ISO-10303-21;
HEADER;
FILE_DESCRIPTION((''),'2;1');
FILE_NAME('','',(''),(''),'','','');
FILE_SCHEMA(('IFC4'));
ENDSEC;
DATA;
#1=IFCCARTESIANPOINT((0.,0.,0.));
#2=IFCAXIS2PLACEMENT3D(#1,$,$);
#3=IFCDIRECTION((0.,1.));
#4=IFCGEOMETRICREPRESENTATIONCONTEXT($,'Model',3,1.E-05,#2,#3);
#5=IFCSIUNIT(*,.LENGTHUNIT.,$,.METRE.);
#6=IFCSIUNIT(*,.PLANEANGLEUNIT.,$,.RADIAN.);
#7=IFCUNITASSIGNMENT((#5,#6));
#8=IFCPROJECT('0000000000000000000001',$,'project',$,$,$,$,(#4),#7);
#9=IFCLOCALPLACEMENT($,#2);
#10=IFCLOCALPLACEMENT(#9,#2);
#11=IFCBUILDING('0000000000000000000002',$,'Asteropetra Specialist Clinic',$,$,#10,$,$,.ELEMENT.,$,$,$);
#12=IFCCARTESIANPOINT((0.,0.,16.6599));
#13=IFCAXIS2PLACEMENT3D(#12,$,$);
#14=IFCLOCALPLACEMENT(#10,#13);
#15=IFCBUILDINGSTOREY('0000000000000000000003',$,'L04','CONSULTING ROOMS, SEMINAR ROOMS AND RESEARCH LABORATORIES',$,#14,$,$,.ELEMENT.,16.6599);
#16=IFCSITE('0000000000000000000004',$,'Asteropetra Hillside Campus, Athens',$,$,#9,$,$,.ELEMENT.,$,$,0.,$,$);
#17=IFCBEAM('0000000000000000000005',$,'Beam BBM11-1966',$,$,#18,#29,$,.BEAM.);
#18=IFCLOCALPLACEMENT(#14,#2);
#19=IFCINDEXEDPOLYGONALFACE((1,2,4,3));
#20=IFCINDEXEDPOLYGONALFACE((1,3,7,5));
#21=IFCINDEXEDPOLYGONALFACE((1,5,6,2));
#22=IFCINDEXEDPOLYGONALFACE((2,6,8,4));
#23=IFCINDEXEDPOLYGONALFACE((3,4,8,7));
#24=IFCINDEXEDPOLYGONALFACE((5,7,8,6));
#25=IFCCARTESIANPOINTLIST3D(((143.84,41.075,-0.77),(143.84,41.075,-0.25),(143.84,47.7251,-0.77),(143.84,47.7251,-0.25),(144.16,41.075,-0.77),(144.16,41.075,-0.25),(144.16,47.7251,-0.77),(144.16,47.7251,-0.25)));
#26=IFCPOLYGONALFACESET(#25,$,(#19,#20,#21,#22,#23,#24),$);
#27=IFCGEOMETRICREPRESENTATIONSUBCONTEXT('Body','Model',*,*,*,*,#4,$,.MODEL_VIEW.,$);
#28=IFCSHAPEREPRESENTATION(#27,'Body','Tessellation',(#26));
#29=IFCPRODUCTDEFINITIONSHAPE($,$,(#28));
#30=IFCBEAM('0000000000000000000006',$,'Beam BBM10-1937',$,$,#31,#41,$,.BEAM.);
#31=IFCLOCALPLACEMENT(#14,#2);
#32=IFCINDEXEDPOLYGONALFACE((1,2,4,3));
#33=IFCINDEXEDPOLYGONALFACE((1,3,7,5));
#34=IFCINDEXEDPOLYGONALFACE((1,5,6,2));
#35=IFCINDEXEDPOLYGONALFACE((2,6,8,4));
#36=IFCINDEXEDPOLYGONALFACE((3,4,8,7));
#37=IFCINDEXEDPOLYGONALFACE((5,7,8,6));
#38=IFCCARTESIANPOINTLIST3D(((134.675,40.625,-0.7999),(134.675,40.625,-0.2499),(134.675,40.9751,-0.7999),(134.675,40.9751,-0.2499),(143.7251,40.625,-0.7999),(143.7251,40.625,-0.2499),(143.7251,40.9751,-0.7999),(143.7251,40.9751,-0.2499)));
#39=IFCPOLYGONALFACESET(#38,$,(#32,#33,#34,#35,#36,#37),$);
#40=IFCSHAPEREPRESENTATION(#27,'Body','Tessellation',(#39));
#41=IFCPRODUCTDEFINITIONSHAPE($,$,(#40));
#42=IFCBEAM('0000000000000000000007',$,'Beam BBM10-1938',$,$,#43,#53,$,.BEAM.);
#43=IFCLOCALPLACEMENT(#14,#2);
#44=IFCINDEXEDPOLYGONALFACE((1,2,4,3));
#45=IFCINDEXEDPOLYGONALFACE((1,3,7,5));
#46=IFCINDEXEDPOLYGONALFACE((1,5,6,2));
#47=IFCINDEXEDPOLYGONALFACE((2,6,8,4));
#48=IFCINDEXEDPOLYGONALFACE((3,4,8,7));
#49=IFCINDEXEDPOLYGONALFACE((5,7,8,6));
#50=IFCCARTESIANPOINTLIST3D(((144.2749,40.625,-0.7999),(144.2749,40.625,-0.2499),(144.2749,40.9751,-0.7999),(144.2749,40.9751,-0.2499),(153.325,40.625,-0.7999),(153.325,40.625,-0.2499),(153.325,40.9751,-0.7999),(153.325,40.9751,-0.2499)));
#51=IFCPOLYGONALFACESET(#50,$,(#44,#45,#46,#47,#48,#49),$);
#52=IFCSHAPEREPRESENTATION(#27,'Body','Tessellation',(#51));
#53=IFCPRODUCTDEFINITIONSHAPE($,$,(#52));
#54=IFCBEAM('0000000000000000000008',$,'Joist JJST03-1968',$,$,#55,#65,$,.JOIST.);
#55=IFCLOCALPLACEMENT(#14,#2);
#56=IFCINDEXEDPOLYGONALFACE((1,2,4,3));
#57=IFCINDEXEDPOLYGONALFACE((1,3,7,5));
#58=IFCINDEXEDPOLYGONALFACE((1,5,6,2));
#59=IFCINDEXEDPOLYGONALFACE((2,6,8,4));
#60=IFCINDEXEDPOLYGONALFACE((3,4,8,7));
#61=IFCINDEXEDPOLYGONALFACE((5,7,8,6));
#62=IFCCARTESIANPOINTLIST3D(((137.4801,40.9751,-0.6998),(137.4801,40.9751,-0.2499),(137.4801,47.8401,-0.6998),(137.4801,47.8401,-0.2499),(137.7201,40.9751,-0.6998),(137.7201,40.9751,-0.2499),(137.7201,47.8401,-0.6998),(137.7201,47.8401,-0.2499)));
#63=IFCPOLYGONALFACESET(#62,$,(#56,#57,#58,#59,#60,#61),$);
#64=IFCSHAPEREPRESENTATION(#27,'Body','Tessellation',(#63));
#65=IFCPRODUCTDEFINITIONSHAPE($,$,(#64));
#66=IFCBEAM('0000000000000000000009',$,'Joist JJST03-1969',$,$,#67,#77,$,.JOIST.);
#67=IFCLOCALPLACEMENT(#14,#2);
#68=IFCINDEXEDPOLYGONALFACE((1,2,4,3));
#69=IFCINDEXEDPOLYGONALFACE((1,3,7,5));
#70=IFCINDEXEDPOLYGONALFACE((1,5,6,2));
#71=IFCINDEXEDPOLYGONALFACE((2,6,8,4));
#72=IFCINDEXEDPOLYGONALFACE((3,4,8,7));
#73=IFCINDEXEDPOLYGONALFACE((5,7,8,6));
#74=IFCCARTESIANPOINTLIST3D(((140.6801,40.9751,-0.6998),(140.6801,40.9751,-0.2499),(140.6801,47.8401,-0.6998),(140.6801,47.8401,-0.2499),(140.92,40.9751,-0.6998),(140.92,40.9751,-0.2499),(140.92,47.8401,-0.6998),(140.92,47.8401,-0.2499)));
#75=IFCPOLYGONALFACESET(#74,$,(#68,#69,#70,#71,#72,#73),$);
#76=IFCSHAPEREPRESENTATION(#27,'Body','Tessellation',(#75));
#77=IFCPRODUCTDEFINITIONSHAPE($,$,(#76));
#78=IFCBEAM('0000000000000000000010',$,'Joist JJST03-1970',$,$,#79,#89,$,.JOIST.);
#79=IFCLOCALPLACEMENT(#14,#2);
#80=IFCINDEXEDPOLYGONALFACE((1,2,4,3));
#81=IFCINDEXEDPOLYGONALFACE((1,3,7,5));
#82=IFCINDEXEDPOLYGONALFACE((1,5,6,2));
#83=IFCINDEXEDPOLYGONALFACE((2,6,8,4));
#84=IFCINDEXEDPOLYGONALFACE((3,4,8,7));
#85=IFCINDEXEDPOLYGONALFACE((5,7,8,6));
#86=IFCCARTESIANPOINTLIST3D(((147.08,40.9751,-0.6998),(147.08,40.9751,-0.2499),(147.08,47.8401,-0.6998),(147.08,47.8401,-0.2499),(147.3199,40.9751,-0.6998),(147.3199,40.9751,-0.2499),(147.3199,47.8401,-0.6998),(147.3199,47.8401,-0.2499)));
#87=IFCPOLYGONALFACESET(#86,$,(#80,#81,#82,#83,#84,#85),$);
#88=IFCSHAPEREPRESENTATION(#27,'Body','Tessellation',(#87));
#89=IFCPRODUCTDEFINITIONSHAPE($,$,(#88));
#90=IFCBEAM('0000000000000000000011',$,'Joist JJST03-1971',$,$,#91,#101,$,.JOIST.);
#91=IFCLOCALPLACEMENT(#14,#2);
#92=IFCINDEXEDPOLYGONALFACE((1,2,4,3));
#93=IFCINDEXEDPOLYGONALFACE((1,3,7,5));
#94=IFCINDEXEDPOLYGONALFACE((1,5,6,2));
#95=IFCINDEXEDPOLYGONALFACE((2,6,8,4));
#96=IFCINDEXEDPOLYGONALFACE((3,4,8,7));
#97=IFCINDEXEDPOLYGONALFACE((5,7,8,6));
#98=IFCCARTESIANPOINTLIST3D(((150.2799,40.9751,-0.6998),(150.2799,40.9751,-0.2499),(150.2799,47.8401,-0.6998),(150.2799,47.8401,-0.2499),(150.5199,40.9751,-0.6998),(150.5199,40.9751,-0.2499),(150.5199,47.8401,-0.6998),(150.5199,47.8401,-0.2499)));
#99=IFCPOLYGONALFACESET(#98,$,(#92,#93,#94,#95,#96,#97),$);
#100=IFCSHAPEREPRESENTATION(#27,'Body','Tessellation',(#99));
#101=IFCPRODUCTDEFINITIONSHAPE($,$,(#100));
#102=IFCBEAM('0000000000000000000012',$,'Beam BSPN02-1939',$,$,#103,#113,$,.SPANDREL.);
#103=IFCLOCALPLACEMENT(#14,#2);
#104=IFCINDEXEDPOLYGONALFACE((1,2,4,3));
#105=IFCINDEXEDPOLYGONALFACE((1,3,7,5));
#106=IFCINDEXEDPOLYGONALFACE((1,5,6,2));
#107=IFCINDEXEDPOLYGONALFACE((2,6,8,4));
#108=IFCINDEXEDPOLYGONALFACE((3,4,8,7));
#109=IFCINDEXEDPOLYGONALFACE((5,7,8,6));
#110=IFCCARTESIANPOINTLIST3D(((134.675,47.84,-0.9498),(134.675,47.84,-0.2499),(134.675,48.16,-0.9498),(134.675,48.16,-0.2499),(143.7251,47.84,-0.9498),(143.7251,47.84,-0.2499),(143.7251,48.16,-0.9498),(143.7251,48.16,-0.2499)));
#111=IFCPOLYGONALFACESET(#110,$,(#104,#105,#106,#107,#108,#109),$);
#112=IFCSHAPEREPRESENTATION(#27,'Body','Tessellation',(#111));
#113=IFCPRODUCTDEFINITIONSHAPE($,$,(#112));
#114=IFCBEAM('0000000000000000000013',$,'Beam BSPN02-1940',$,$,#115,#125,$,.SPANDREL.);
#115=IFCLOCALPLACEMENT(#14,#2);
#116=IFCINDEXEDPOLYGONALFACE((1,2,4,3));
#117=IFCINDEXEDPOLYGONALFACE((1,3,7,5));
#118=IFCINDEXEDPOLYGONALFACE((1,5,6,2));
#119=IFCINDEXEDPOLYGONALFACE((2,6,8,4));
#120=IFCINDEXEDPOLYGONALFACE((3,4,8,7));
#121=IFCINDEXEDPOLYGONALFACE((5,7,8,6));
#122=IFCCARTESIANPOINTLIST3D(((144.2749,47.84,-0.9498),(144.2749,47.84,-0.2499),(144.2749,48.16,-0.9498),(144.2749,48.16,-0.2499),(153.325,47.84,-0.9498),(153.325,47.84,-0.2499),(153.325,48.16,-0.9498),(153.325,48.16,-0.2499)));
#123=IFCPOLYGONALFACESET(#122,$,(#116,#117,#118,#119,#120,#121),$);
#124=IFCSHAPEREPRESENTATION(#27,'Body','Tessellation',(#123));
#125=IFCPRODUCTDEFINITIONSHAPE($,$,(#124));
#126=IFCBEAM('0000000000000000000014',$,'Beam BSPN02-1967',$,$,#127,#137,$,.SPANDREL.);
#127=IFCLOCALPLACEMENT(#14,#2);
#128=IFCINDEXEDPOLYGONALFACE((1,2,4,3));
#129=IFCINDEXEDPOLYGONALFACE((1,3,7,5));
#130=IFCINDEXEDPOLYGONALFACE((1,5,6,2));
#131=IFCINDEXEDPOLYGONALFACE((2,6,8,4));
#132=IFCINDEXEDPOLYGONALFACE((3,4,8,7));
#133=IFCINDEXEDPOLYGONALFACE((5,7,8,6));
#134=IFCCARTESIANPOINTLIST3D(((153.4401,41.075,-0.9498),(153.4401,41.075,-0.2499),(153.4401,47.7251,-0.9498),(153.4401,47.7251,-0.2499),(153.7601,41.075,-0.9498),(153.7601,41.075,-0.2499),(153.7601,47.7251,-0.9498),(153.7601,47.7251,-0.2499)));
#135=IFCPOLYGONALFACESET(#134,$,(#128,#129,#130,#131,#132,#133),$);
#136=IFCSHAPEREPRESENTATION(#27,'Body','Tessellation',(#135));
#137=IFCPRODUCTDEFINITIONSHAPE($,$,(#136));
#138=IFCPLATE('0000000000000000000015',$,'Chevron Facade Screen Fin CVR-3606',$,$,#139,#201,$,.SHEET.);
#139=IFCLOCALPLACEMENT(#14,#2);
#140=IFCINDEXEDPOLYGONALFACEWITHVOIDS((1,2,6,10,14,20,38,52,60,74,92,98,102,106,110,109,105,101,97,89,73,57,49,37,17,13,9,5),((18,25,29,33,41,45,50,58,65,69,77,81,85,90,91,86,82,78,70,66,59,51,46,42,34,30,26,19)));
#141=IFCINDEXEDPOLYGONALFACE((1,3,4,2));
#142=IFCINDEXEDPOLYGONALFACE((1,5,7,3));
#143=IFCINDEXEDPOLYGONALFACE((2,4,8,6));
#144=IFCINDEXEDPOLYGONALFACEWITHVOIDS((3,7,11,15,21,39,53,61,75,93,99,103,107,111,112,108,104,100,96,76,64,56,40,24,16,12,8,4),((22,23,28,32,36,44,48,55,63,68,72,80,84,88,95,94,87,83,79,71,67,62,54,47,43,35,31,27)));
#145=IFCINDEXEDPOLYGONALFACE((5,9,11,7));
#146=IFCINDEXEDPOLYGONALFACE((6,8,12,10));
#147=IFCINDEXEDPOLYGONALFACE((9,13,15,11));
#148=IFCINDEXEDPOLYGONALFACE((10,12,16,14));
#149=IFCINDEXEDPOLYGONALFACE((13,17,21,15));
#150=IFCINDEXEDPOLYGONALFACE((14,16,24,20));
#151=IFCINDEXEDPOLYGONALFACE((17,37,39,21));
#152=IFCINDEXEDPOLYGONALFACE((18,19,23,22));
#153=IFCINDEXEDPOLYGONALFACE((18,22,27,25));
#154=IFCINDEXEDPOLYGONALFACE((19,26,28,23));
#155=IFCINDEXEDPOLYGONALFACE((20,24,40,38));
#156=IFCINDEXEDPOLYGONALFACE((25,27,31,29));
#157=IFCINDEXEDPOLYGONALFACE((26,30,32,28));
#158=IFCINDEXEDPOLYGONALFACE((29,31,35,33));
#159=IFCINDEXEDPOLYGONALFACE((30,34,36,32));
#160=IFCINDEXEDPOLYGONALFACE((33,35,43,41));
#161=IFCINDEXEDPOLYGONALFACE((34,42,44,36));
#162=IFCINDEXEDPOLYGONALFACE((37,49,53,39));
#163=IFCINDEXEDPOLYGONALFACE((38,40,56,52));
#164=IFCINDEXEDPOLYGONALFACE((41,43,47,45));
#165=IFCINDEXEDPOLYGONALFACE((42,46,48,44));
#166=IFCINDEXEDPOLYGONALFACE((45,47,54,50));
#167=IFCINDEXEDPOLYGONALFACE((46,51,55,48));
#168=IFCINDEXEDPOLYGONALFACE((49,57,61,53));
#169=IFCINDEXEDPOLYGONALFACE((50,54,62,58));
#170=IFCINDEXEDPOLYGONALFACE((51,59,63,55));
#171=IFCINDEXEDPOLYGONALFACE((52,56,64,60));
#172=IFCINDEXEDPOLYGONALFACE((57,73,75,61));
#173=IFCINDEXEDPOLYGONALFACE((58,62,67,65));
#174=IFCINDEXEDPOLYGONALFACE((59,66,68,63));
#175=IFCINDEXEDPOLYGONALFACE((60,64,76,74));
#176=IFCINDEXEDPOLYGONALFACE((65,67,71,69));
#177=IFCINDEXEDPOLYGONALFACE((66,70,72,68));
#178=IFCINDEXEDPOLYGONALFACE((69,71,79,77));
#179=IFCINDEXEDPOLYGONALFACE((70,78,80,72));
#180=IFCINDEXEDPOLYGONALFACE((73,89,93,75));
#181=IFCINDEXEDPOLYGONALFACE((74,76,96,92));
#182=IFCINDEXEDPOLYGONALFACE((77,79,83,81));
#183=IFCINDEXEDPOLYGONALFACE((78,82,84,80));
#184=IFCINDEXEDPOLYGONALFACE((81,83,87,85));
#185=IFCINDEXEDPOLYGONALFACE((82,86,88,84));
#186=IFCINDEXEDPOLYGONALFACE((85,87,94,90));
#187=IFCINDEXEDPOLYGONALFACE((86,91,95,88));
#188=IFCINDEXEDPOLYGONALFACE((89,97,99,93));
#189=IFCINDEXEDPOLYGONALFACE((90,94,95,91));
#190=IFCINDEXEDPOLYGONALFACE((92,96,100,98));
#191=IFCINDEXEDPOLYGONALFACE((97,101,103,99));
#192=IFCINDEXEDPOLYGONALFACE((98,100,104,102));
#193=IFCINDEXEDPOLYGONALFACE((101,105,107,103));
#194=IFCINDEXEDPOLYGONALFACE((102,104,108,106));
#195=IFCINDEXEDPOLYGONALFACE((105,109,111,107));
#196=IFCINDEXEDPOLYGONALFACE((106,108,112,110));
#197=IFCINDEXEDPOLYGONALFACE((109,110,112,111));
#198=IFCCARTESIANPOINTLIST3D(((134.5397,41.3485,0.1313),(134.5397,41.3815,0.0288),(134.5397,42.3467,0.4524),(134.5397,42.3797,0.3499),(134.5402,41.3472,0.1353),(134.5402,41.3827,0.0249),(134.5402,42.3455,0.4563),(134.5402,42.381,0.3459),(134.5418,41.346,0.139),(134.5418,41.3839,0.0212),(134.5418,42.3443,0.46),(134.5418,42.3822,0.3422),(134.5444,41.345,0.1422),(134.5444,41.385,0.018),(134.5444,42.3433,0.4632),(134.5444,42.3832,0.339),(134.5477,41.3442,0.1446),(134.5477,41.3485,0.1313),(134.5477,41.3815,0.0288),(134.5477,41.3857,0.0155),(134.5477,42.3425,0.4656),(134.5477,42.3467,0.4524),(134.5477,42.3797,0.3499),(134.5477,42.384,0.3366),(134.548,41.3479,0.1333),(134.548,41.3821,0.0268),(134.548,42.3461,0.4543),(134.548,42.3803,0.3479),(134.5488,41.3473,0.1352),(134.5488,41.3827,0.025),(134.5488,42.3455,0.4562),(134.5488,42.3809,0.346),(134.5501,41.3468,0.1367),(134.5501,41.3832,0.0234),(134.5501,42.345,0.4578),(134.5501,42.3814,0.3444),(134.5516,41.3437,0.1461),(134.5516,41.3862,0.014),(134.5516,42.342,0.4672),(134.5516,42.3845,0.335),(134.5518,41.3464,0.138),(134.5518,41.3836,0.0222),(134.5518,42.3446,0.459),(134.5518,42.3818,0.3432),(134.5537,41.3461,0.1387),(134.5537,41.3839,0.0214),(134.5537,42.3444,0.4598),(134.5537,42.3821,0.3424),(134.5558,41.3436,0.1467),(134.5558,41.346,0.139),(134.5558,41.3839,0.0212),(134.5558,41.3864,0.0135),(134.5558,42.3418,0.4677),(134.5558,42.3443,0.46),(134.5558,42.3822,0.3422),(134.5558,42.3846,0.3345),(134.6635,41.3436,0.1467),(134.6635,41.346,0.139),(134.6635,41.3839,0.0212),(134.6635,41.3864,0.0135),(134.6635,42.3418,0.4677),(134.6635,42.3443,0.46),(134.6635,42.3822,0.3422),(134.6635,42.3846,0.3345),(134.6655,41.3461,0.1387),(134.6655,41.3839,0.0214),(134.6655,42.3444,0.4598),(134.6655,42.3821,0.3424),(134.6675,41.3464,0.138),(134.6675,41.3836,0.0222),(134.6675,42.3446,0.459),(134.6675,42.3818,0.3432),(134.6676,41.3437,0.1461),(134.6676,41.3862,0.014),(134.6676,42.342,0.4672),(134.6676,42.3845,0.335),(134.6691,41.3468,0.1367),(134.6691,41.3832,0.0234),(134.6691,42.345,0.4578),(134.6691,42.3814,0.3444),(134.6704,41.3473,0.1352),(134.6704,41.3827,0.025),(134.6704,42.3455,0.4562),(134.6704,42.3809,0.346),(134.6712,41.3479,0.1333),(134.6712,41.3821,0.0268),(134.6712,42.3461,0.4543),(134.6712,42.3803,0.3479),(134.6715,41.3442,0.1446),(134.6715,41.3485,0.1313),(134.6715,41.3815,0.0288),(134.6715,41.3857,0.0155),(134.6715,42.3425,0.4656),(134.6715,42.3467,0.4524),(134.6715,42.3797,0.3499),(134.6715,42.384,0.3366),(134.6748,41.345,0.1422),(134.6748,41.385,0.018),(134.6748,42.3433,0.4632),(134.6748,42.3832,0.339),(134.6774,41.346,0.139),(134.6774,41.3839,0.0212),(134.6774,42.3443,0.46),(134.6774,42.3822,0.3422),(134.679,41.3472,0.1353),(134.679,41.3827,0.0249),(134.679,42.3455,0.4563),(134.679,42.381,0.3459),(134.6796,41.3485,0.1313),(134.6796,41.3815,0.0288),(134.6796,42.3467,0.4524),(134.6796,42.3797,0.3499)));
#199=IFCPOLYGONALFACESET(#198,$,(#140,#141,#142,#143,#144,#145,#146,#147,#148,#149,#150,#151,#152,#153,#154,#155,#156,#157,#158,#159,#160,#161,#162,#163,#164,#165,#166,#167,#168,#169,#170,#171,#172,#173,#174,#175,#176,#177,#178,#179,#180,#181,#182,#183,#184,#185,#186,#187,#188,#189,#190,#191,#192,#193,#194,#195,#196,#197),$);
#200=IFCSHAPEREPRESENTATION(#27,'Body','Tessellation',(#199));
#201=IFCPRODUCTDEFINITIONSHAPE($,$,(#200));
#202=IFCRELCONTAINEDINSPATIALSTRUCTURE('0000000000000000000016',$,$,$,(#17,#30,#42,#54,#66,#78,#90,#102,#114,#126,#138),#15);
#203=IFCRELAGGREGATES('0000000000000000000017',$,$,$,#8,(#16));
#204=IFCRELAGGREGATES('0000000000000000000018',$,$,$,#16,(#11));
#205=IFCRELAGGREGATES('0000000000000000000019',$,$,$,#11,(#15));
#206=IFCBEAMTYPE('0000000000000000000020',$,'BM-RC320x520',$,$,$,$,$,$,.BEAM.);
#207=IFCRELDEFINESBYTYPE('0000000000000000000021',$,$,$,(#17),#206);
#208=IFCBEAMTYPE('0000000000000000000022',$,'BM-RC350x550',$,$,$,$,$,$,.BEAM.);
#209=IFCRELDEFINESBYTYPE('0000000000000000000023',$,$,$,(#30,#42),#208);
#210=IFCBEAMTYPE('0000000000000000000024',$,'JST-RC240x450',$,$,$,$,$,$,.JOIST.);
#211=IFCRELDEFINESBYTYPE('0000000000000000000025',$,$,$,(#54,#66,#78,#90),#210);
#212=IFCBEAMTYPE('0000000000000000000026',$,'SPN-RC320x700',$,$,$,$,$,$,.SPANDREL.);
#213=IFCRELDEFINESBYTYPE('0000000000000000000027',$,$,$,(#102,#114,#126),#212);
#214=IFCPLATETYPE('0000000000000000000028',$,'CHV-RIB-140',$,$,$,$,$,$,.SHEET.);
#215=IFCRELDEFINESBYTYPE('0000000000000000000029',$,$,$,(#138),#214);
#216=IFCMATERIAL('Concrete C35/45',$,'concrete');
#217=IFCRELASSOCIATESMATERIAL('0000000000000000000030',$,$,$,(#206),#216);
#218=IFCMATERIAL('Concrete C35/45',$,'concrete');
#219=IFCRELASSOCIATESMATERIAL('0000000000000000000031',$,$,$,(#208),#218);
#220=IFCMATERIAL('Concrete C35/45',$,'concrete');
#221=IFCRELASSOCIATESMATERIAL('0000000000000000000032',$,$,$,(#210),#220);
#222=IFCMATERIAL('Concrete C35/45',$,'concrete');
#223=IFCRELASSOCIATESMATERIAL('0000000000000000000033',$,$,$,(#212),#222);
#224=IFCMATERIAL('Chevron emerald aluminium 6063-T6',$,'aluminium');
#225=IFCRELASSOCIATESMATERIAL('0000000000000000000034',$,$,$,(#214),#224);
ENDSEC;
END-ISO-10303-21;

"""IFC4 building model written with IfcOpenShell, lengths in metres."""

from ifc_helpers import new_model, si_unit, direction, frame, origin, origin_2d, place, context, subcontext, project, spatial, rectangle, hollow_rectangle, extrude, material, material_profile, profile_set, type_object, element, save


model = new_model("IFC4")

# Units and contexts
model_context = context("Model", 3, precision=1e-05, world=origin(), true_north=direction((0.0, 1.0)))
body_context = subcontext(model_context, "Body", "Model", "MODEL_VIEW")
ifc_project = project(units=[si_unit("LENGTHUNIT", "METRE"), si_unit("PLANEANGLEUNIT", "RADIAN")], contexts=[model_context])

# Site, building, storey
site_placement = place(None, origin())
site = spatial("IfcSite", under=ifc_project, at=site_placement, Name="Asteropetra Hillside Campus, Athens", CompositionType="ELEMENT", RefElevation=0.0)
building_placement = place(site_placement, origin())
building = spatial("IfcBuilding", under=site, at=building_placement, Name="Asteropetra Specialist Clinic", CompositionType="ELEMENT")
storey_placement = place(building_placement, frame((0.0, 0.0, 16.6599)))
storey = spatial("IfcBuildingStorey", under=building, at=storey_placement, Name="L04", Description="CONSULTING ROOMS, SEMINAR ROOMS AND RESEARCH LABORATORIES", CompositionType="ELEMENT", Elevation=16.6599)

# Beams
ifc_material_1 = material(Name="Concrete C35/45", Category="concrete")
ifc_material_profile_1 = material_profile(ifc_material_1, rectangle(XDim=0.3201, YDim=0.52, at=origin_2d()), Name="RCB 320x520")
ifc_profile_set_1 = profile_set([ifc_material_profile_1], Name="Concrete C35/45")
beam_type_1 = type_object("IfcBeamType", Name="BM-RC320x520", PredefinedType="BEAM", material=ifc_profile_set_1)
beam_1_placement = place(storey_placement, frame((144.0, 41.075, -0.51), z_axis=(0.0, 1.0, 0.0), x_axis=(-1.0, 0.0, 0.0)))
element("IfcBeam", 1, at=beam_1_placement, inside=storey, type_object=beam_type_1, Name="Beam BBM11-1966", PredefinedType="BEAM", context=body_context, shape_type="SweptSolid", body=[
    extrude(rectangle(XDim=0.3201, YDim=0.52, at=origin_2d()), origin(), (0.0, 0.0, 1.0), 6.6501),
])
ifc_material_2 = material(Name="Concrete C35/45", Category="concrete")
ifc_material_profile_2 = material_profile(ifc_material_2, rectangle(XDim=0.3501, YDim=0.55, at=origin_2d()), Name="RCB 350x550")
ifc_profile_set_2 = profile_set([ifc_material_profile_2], Name="Concrete C35/45")
beam_type_2 = type_object("IfcBeamType", Name="BM-RC350x550", PredefinedType="BEAM", material=ifc_profile_set_2)
for number, where, z_axis, x_axis, name in (
    (2, (134.675, 40.8, -0.5249), (1.0, 0.0, 0.0), (0.0, 1.0, 0.0), "Beam BBM10-1937"),
    (3, (144.2749, 40.8, -0.5249), (1.0, 0.0, 0.0), (0.0, 1.0, 0.0), "Beam BBM10-1938"),
):
    element("IfcBeam", number, at=place(storey_placement, frame(where, z_axis=z_axis, x_axis=x_axis)), inside=storey, type_object=beam_type_2, Name=name, PredefinedType="BEAM", context=body_context, shape_type="SweptSolid", body=[
        extrude(rectangle(XDim=0.3501, YDim=0.55, at=origin_2d()), origin(), (0.0, 0.0, 1.0), 9.05),
    ])
ifc_material_3 = material(Name="Concrete C35/45", Category="concrete")
ifc_material_profile_3 = material_profile(ifc_material_3, rectangle(XDim=0.24, YDim=0.45, at=origin_2d()), Name="RCJ 240x450")
ifc_profile_set_3 = profile_set([ifc_material_profile_3], Name="Concrete C35/45")
beam_type_3 = type_object("IfcBeamType", Name="JST-RC240x450", PredefinedType="JOIST", material=ifc_profile_set_3)
for number, where, z_axis, x_axis, name in (
    (4, (137.6001, 40.9751, -0.4749), (0.0, 1.0, 0.0), (-1.0, 0.0, 0.0), "Joist JJST03-1968"),
    (5, (140.8, 40.9751, -0.4749), (0.0, 1.0, 0.0), (-1.0, 0.0, 0.0), "Joist JJST03-1969"),
    (6, (147.2, 40.9751, -0.4749), (0.0, 1.0, 0.0), (-1.0, 0.0, 0.0), "Joist JJST03-1970"),
    (7, (150.3999, 40.9751, -0.4749), (0.0, 1.0, 0.0), (-1.0, 0.0, 0.0), "Joist JJST03-1971"),
):
    element("IfcBeam", number, at=place(storey_placement, frame(where, z_axis=z_axis, x_axis=x_axis)), inside=storey, type_object=beam_type_3, Name=name, PredefinedType="JOIST", context=body_context, shape_type="SweptSolid", body=[
        extrude(rectangle(XDim=0.24, YDim=0.45, at=origin_2d()), origin(), (0.0, 0.0, 1.0), 6.865),
    ])
ifc_material_4 = material(Name="Concrete C35/45", Category="concrete")
ifc_material_profile_4 = material_profile(ifc_material_4, rectangle(XDim=0.3201, YDim=0.7, at=origin_2d()), Name="RCS 320x700")
ifc_profile_set_4 = profile_set([ifc_material_profile_4], Name="Concrete C35/45")
beam_type_4 = type_object("IfcBeamType", Name="SPN-RC320x700", PredefinedType="SPANDREL", material=ifc_profile_set_4)
for number, where, z_axis, x_axis, name in (
    (8, (134.675, 48.0, -0.5999), (1.0, 0.0, 0.0), (0.0, 1.0, 0.0), "Beam BSPN02-1939"),
    (9, (144.2749, 48.0, -0.5999), (1.0, 0.0, 0.0), (0.0, 1.0, 0.0), "Beam BSPN02-1940"),
):
    element("IfcBeam", number, at=place(storey_placement, frame(where, z_axis=z_axis, x_axis=x_axis)), inside=storey, type_object=beam_type_4, Name=name, PredefinedType="SPANDREL", context=body_context, shape_type="SweptSolid", body=[
        extrude(rectangle(XDim=0.3201, YDim=0.7, at=origin_2d()), origin(), (0.0, 0.0, 1.0), 9.05),
    ])
beam_2_placement = place(storey_placement, frame((153.6001, 41.075, -0.5999), z_axis=(0.0, 1.0, 0.0), x_axis=(-1.0, 0.0, 0.0)))
element("IfcBeam", 10, at=beam_2_placement, inside=storey, type_object=beam_type_4, Name="Beam BSPN02-1967", PredefinedType="SPANDREL", context=body_context, shape_type="SweptSolid", body=[
    extrude(rectangle(XDim=0.3201, YDim=0.7, at=origin_2d()), origin(), (0.0, 0.0, 1.0), 6.6501),
])

# Plate
ifc_material_5 = material(Name="Chevron emerald aluminium 6063-T6", Category="aluminium")
ifc_material_profile_5 = material_profile(ifc_material_5, hollow_rectangle(XDim=0.1399, YDim=0.1399, WallThickness=0.0081, InnerFilletRadius=0.0081, OuterFilletRadius=0.0161, at=origin_2d()), Name="SHS 140x140x8.0")
ifc_profile_set_5 = profile_set([ifc_material_profile_5], Name="Chevron emerald aluminium 6063-T6")
plate_type = type_object("IfcPlateType", Name="CHV-RIB-140", PredefinedType="SHEET", material=ifc_profile_set_5)
plate_1_placement = place(storey_placement, frame((134.6096, 41.365, 0.0801), z_axis=(0.0, 0.951983, 0.306152), x_axis=(-1.0, 0.0, 0.0)))
element("IfcPlate", 11, at=plate_1_placement, inside=storey, type_object=plate_type, Name="Chevron Facade Screen Fin CVR-3606", PredefinedType="SHEET", context=body_context, shape_type="SweptSolid", body=[
    extrude(hollow_rectangle(XDim=0.1399, YDim=0.1399, WallThickness=0.0081, InnerFilletRadius=0.0081, OuterFilletRadius=0.0161, at=origin_2d()), origin(), (0.0, 0.0, 1.0), 1.0486),
])

save(model, "model.ifc")
